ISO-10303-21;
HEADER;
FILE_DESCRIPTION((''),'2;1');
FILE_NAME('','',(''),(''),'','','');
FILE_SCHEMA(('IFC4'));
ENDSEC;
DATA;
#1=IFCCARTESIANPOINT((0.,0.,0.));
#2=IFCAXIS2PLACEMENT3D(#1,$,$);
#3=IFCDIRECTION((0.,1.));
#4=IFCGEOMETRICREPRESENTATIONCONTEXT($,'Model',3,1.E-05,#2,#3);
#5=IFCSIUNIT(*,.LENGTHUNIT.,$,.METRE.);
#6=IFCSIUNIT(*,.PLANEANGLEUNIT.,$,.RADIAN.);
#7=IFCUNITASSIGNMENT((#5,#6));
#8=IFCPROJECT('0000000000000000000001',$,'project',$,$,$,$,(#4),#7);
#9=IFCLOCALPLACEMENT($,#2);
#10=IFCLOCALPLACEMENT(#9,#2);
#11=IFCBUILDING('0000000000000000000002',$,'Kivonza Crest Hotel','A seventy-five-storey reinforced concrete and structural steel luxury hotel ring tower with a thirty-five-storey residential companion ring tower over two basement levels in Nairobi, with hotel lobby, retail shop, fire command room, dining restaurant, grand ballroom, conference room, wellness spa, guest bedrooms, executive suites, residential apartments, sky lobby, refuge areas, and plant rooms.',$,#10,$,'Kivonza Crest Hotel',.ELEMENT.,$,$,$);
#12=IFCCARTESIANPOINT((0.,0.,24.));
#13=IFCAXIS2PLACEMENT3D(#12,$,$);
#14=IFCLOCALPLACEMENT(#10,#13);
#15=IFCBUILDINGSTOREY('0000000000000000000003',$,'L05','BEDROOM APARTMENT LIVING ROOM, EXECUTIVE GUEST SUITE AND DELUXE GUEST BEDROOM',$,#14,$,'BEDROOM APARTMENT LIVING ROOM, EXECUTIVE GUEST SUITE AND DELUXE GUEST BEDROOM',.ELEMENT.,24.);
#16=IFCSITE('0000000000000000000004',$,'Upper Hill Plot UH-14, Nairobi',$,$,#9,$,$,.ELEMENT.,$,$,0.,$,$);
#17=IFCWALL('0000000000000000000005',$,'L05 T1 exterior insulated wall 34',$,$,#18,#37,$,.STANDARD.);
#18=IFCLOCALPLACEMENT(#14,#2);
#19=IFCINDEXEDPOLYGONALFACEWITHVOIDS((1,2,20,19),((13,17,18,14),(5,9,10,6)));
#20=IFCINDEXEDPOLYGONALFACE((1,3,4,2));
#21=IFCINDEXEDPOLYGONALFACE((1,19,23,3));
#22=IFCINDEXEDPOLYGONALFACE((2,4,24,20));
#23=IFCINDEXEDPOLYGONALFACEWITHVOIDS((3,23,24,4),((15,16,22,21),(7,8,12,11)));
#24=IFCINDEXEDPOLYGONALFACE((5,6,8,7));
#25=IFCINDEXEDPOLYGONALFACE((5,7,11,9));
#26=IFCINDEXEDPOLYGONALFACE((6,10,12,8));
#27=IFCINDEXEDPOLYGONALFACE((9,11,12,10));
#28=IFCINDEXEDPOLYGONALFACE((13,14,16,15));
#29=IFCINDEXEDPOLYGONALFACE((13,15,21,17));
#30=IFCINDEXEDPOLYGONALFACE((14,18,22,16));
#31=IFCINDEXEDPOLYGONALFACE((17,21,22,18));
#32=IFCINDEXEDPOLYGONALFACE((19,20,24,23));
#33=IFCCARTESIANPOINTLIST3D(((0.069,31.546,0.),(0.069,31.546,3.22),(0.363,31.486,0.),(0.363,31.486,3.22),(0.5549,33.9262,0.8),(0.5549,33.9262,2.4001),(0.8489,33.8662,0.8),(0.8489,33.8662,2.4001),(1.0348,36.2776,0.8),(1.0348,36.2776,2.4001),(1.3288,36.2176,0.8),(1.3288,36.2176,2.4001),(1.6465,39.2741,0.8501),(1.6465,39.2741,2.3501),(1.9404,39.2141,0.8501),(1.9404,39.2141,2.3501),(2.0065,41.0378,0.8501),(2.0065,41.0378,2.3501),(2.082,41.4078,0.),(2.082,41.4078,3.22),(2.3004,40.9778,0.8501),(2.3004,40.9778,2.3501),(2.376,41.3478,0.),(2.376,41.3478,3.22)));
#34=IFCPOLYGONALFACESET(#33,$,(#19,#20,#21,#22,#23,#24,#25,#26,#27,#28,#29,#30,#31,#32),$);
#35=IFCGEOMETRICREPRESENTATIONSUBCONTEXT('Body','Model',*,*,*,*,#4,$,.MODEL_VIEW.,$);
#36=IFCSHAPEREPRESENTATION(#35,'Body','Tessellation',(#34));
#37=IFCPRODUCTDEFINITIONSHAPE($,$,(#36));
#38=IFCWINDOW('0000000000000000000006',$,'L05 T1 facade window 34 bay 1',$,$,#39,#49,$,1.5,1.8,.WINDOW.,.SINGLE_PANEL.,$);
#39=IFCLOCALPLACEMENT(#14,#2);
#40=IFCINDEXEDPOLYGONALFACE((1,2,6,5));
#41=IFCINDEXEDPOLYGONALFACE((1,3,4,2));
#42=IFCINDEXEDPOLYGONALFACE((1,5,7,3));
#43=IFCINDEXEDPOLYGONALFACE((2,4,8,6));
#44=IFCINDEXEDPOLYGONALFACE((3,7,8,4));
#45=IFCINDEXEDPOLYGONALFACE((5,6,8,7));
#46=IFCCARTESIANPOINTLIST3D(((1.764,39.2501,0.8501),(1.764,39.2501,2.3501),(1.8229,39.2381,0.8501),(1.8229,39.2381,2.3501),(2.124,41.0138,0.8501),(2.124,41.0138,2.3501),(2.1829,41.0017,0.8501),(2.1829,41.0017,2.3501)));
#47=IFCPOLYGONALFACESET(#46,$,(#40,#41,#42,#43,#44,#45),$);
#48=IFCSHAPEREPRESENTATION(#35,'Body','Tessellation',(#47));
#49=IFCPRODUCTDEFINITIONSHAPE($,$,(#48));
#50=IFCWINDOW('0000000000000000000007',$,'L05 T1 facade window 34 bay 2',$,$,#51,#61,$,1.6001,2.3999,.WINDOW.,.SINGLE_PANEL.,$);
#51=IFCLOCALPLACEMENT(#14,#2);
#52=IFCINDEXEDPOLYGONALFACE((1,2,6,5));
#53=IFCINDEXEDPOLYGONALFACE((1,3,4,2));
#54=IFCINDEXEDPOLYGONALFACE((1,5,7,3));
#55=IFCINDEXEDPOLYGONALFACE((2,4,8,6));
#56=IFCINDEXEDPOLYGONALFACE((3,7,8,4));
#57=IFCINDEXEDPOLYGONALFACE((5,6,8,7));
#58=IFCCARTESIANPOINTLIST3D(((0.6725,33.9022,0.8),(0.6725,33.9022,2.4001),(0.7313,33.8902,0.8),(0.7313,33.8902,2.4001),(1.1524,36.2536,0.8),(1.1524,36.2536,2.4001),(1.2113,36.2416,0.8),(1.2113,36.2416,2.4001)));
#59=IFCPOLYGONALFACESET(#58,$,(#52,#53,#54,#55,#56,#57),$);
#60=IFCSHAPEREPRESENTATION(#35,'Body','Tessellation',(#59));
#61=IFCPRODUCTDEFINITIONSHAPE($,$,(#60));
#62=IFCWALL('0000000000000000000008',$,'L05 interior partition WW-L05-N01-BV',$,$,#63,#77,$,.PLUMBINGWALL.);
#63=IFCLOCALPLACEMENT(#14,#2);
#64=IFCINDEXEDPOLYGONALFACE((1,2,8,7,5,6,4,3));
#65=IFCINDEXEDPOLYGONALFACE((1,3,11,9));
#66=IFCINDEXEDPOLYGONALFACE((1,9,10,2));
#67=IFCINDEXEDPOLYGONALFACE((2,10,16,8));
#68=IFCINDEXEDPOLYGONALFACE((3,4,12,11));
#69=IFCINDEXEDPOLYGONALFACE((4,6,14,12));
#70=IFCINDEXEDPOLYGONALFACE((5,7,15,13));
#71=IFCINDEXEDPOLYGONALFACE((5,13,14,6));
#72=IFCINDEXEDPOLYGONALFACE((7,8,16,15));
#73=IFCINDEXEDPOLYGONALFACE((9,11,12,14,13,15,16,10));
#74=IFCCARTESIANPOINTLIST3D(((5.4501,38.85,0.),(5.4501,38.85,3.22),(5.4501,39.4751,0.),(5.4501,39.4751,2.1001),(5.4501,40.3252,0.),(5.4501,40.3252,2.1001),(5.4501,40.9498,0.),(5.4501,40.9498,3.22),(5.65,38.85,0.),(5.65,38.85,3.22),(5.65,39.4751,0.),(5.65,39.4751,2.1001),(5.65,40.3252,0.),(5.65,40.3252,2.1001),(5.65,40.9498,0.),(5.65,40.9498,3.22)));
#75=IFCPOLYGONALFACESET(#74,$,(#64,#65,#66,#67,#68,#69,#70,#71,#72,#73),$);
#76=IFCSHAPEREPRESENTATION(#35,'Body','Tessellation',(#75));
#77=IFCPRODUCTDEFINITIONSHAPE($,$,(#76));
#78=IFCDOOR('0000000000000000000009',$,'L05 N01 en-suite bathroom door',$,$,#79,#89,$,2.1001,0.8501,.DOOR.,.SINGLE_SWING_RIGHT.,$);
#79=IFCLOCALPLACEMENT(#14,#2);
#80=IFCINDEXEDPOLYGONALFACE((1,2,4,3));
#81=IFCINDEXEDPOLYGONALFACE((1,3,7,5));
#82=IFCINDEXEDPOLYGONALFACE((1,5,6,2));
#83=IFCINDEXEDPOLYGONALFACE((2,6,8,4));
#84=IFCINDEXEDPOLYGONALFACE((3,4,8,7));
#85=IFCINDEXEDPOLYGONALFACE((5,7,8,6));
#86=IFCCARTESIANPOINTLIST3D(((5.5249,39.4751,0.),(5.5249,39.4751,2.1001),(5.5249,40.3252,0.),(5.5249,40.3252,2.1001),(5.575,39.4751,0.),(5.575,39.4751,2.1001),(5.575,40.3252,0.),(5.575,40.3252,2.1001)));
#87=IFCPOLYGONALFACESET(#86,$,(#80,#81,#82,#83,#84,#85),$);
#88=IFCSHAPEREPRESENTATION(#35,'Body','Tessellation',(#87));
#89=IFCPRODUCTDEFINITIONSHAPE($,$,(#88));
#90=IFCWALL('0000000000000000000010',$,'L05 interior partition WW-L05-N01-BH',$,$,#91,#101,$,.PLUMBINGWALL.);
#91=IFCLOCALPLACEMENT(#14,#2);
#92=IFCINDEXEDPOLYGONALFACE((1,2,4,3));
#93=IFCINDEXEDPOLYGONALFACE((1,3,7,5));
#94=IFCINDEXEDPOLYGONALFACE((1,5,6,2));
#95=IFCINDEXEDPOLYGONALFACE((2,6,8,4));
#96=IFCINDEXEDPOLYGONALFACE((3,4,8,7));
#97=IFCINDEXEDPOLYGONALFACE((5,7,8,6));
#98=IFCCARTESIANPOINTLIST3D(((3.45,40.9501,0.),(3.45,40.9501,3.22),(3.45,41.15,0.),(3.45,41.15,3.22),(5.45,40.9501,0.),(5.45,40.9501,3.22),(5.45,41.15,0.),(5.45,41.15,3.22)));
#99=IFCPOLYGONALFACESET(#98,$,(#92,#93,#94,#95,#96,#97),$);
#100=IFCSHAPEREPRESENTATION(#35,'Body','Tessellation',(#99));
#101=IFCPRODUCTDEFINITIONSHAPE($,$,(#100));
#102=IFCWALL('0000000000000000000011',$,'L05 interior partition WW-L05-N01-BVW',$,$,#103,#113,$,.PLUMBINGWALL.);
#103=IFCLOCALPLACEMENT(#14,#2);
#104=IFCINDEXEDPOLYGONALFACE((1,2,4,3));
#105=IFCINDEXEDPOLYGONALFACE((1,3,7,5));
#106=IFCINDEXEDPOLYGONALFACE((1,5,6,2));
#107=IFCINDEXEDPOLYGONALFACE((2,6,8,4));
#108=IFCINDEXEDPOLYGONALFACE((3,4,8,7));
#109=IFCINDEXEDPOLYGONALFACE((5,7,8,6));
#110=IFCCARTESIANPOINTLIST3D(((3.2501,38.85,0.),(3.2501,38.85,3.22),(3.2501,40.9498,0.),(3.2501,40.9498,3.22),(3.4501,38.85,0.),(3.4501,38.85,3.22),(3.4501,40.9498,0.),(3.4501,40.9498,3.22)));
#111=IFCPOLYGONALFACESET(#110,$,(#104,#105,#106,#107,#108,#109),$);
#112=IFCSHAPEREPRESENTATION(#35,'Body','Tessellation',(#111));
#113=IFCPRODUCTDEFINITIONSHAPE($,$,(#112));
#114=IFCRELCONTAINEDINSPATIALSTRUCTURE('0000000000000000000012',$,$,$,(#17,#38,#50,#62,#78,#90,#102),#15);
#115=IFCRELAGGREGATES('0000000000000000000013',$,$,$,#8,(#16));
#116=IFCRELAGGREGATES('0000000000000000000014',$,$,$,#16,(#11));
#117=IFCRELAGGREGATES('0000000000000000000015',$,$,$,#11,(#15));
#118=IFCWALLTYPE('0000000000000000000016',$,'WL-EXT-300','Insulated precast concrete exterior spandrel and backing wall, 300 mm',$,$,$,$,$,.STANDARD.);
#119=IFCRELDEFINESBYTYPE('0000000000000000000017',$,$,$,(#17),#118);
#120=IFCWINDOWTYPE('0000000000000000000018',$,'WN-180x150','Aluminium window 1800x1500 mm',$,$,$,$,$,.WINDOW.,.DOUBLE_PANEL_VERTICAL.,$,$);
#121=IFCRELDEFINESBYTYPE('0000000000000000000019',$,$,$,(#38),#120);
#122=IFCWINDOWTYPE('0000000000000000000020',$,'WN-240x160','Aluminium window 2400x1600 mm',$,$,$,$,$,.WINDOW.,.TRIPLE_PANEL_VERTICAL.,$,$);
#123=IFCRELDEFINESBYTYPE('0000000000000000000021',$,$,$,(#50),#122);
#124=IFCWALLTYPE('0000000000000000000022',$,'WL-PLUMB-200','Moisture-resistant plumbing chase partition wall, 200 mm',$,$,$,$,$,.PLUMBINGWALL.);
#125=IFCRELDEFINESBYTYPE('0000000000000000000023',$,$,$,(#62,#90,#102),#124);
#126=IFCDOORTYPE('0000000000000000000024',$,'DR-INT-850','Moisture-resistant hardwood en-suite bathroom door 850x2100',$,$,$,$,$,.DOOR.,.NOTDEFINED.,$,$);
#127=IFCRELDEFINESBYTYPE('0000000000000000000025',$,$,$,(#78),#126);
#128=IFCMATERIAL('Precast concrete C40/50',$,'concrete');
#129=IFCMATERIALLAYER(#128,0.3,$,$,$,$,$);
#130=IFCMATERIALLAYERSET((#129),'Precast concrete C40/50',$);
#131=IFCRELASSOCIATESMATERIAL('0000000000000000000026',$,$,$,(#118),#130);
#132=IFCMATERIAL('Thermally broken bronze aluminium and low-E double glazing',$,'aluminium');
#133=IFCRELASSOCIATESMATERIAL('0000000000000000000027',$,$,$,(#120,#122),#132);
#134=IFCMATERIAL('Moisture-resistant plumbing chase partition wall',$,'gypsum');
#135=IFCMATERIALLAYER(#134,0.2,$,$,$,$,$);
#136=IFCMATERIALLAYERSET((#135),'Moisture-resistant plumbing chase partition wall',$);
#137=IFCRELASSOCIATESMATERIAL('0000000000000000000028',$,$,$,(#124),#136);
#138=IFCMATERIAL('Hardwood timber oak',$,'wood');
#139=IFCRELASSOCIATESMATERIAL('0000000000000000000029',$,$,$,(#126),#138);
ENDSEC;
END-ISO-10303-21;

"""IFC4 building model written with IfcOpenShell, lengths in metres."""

from ifc_helpers import new_model, si_unit, direction, frame, frame_2d, origin, place, context, subcontext, project, spatial, rectangle, extrude, material, layer, layer_set, type_object, element, fill, save


model = new_model("IFC4")

# Units and contexts
model_context = context("Model", 3, precision=1e-05, world=origin(), true_north=direction((0.0, 1.0)))
body_context = subcontext(model_context, "Body", "Model", "MODEL_VIEW")
ifc_project = project(units=[si_unit("LENGTHUNIT", "METRE"), si_unit("PLANEANGLEUNIT", "RADIAN")], contexts=[model_context])

# Site, building, storey
site_placement = place(None, origin())
site = spatial("IfcSite", under=ifc_project, at=site_placement, Name="Upper Hill Plot UH-14, Nairobi", CompositionType="ELEMENT", RefElevation=0.0)
building_placement = place(site_placement, origin())
building = spatial("IfcBuilding", under=site, at=building_placement, Name="Kivonza Crest Hotel", Description="A seventy-five-storey reinforced concrete and structural steel luxury hotel ring tower with a thirty-five-storey residential companion ring tower over two basement levels in Nairobi, with hotel lobby, retail shop, fire command room, dining restaurant, grand ballroom, conference room, wellness spa, guest bedrooms, executive suites, residential apartments, sky lobby, refuge areas, and plant rooms.", LongName="Kivonza Crest Hotel", CompositionType="ELEMENT")
storey_placement = place(building_placement, frame((0.0, 0.0, 24.0)))
storey = spatial("IfcBuildingStorey", under=building, at=storey_placement, Name="L05", Description="BEDROOM APARTMENT LIVING ROOM, EXECUTIVE GUEST SUITE AND DELUXE GUEST BEDROOM", LongName="BEDROOM APARTMENT LIVING ROOM, EXECUTIVE GUEST SUITE AND DELUXE GUEST BEDROOM", CompositionType="ELEMENT", Elevation=24.0)

# Shared definitions
ifc_material_1 = material(Name="Hardwood timber oak", Category="wood")

# Shared definitions
ifc_material_2 = material(Name="Precast concrete C40/50", Category="concrete")
ifc_layer_1 = layer(ifc_material_2, 0.3)
ifc_layer_set_1 = layer_set([ifc_layer_1], Name="Precast concrete C40/50")
wall_type_1 = type_object("IfcWallType", Name="WL-EXT-300", Description="Insulated precast concrete exterior spandrel and backing wall, 300 mm", PredefinedType="STANDARD", material=ifc_layer_set_1)

# Wall, openings, windows
wall_1_placement = place(storey_placement, frame((2.229, 41.3779, 0.0), z_axis=(0.0, 0.0, 1.0), x_axis=(-0.199991, -0.979798, 0.0)))
wall_1 = element("IfcWall", 1, at=wall_1_placement, inside=storey, type_object=wall_type_1, Name="L05 T1 exterior insulated wall 34", PredefinedType="STANDARD", context=body_context, shape_type="SweptSolid", body=[
    extrude(rectangle(XDim=10.0652, YDim=0.3, at=frame_2d((5.0327, 0.0))), origin(), (0.0, 0.0, 1.0), 3.22),
])
opening_1_placement = place(wall_1_placement, frame((0.3779, 0.0, 0.8501)))
opening_1 = element("IfcOpeningElement", 2, at=opening_1_placement, cuts=wall_1, PredefinedType="OPENING", context=body_context, shape_type="SweptSolid", body=[
    extrude(rectangle(XDim=1.8, YDim=1.5, at=frame_2d((0.8999, 0.75))), frame((0.0, 0.1602, 0.0), z_axis=(0.0, -1.0, 0.0), x_axis=(1.0, 0.0, 0.0)), (0.0, 0.0, 1.0), 0.3201),
])
opening_2_placement = place(wall_1_placement, frame((5.2361, 0.0, 0.8)))
opening_2 = element("IfcOpeningElement", 3, at=opening_2_placement, cuts=wall_1, PredefinedType="OPENING", context=body_context, shape_type="SweptSolid", body=[
    extrude(rectangle(XDim=2.3999, YDim=1.6001, at=frame_2d((1.2, 0.8))), frame((0.0, 0.1602, 0.0), z_axis=(0.0, -1.0, 0.0), x_axis=(1.0, 0.0, 0.0)), (0.0, 0.0, 1.0), 0.3201),
])
ifc_material_3 = material(Name="Thermally broken bronze aluminium and low-E double glazing", Category="aluminium")
window_type_1 = type_object("IfcWindowType", Name="WN-180x150", Description="Aluminium window 1800x1500 mm", PartitioningType="DOUBLE_PANEL_VERTICAL", PredefinedType="WINDOW", material=ifc_material_3)
window_1_placement = place(opening_1_placement, origin())
window_1 = element("IfcWindow", 4, at=window_1_placement, inside=storey, type_object=window_type_1, Name="L05 T1 facade window 34 bay 1", OverallHeight=1.5, OverallWidth=1.8, PartitioningType="SINGLE_PANEL", PredefinedType="WINDOW", context=body_context, shape_type="SweptSolid", body=[
    extrude(rectangle(XDim=1.8, YDim=1.5, at=frame_2d((0.8999, 0.75))), frame((0.0, 0.03, 0.0), z_axis=(0.0, -1.0, 0.0), x_axis=(1.0, 0.0, 0.0)), (0.0, 0.0, 1.0), 0.0601),
])
fill(opening_1, window_1)
window_type_2 = type_object("IfcWindowType", Name="WN-240x160", Description="Aluminium window 2400x1600 mm", PartitioningType="TRIPLE_PANEL_VERTICAL", PredefinedType="WINDOW", material=ifc_material_3)
window_2_placement = place(opening_2_placement, origin())
window_2 = element("IfcWindow", 5, at=window_2_placement, inside=storey, type_object=window_type_2, Name="L05 T1 facade window 34 bay 2", OverallHeight=1.6001, OverallWidth=2.3999, PartitioningType="SINGLE_PANEL", PredefinedType="WINDOW", context=body_context, shape_type="SweptSolid", body=[
    extrude(rectangle(XDim=2.3999, YDim=1.6001, at=frame_2d((1.2, 0.8))), frame((0.0, 0.03, 0.0), z_axis=(0.0, -1.0, 0.0), x_axis=(1.0, 0.0, 0.0)), (0.0, 0.0, 1.0), 0.0601),
])
fill(opening_2, window_2)

# Wall, opening, door
ifc_material_4 = material(Name="Moisture-resistant plumbing chase partition wall", Category="gypsum")
ifc_layer_2 = layer(ifc_material_4, 0.2)
ifc_layer_set_2 = layer_set([ifc_layer_2], Name="Moisture-resistant plumbing chase partition wall")
wall_type_2 = type_object("IfcWallType", Name="WL-PLUMB-200", Description="Moisture-resistant plumbing chase partition wall, 200 mm", PredefinedType="PLUMBINGWALL", material=ifc_layer_set_2)
wall_2_placement = place(storey_placement, frame((5.55, 38.8501, 0.0), z_axis=(0.0, 0.0, 1.0), x_axis=(0.0, 1.0, 0.0)))
wall_2 = element("IfcWall", 6, at=wall_2_placement, inside=storey, type_object=wall_type_2, Name="L05 interior partition WW-L05-N01-BV", PredefinedType="PLUMBINGWALL", context=body_context, shape_type="SweptSolid", body=[
    extrude(rectangle(XDim=2.0999, YDim=0.2, at=frame_2d((1.0498, 0.0))), origin(), (0.0, 0.0, 1.0), 3.22),
])
opening_3_placement = place(wall_2_placement, frame((0.625, 0.0, 0.0)))
opening_3 = element("IfcOpeningElement", 7, at=opening_3_placement, cuts=wall_2, PredefinedType="OPENING", context=body_context, shape_type="SweptSolid", body=[
    extrude(rectangle(XDim=0.8501, YDim=2.1001, at=frame_2d((0.425, 1.05))), frame((0.0, 0.1099, 0.0), z_axis=(0.0, -1.0, 0.0), x_axis=(1.0, 0.0, 0.0)), (0.0, 0.0, 1.0), 0.22),
])
door_type_1 = type_object("IfcDoorType", Name="DR-INT-850", Description="Moisture-resistant hardwood en-suite bathroom door 850x2100", OperationType="NOTDEFINED", PredefinedType="DOOR", material=ifc_material_1)
door_1_placement = place(opening_3_placement, frame((0.8501, 0.0, 0.0), z_axis=(0.0, 0.0, 1.0), x_axis=(-1.0, 0.0, 0.0)))
door_1 = element("IfcDoor", 8, at=door_1_placement, inside=storey, type_object=door_type_1, Name="L05 N01 en-suite bathroom door", OperationType="SINGLE_SWING_RIGHT", OverallHeight=2.1001, OverallWidth=0.8501, PredefinedType="DOOR", context=body_context, shape_type="SweptSolid", body=[
    extrude(rectangle(XDim=0.8501, YDim=2.1001, at=frame_2d((0.425, 1.05))), frame((0.0, 0.0249, 0.0), z_axis=(0.0, -1.0, 0.0), x_axis=(1.0, 0.0, 0.0)), (0.0, 0.0, 1.0), 0.05),
])
fill(opening_3, door_1)

# Walls
wall_3_placement = place(storey_placement, frame((3.45, 41.05, 0.0), z_axis=(0.0, 0.0, 1.0), x_axis=(1.0, 0.0, 0.0)))
element("IfcWall", 9, at=wall_3_placement, inside=storey, type_object=wall_type_2, Name="L05 interior partition WW-L05-N01-BH", PredefinedType="PLUMBINGWALL", context=body_context, shape_type="SweptSolid", body=[
    extrude(rectangle(XDim=2.0, YDim=0.2, at=frame_2d((1.0, 0.0))), origin(), (0.0, 0.0, 1.0), 3.22),
])
wall_4_placement = place(storey_placement, frame((3.3501, 38.8501, 0.0), z_axis=(0.0, 0.0, 1.0), x_axis=(0.0, 1.0, 0.0)))
element("IfcWall", 10, at=wall_4_placement, inside=storey, type_object=wall_type_2, Name="L05 interior partition WW-L05-N01-BVW", PredefinedType="PLUMBINGWALL", context=body_context, shape_type="SweptSolid", body=[
    extrude(rectangle(XDim=2.0999, YDim=0.2, at=frame_2d((1.0498, 0.0))), origin(), (0.0, 0.0, 1.0), 3.22),
])

save(model, "model.ifc")
